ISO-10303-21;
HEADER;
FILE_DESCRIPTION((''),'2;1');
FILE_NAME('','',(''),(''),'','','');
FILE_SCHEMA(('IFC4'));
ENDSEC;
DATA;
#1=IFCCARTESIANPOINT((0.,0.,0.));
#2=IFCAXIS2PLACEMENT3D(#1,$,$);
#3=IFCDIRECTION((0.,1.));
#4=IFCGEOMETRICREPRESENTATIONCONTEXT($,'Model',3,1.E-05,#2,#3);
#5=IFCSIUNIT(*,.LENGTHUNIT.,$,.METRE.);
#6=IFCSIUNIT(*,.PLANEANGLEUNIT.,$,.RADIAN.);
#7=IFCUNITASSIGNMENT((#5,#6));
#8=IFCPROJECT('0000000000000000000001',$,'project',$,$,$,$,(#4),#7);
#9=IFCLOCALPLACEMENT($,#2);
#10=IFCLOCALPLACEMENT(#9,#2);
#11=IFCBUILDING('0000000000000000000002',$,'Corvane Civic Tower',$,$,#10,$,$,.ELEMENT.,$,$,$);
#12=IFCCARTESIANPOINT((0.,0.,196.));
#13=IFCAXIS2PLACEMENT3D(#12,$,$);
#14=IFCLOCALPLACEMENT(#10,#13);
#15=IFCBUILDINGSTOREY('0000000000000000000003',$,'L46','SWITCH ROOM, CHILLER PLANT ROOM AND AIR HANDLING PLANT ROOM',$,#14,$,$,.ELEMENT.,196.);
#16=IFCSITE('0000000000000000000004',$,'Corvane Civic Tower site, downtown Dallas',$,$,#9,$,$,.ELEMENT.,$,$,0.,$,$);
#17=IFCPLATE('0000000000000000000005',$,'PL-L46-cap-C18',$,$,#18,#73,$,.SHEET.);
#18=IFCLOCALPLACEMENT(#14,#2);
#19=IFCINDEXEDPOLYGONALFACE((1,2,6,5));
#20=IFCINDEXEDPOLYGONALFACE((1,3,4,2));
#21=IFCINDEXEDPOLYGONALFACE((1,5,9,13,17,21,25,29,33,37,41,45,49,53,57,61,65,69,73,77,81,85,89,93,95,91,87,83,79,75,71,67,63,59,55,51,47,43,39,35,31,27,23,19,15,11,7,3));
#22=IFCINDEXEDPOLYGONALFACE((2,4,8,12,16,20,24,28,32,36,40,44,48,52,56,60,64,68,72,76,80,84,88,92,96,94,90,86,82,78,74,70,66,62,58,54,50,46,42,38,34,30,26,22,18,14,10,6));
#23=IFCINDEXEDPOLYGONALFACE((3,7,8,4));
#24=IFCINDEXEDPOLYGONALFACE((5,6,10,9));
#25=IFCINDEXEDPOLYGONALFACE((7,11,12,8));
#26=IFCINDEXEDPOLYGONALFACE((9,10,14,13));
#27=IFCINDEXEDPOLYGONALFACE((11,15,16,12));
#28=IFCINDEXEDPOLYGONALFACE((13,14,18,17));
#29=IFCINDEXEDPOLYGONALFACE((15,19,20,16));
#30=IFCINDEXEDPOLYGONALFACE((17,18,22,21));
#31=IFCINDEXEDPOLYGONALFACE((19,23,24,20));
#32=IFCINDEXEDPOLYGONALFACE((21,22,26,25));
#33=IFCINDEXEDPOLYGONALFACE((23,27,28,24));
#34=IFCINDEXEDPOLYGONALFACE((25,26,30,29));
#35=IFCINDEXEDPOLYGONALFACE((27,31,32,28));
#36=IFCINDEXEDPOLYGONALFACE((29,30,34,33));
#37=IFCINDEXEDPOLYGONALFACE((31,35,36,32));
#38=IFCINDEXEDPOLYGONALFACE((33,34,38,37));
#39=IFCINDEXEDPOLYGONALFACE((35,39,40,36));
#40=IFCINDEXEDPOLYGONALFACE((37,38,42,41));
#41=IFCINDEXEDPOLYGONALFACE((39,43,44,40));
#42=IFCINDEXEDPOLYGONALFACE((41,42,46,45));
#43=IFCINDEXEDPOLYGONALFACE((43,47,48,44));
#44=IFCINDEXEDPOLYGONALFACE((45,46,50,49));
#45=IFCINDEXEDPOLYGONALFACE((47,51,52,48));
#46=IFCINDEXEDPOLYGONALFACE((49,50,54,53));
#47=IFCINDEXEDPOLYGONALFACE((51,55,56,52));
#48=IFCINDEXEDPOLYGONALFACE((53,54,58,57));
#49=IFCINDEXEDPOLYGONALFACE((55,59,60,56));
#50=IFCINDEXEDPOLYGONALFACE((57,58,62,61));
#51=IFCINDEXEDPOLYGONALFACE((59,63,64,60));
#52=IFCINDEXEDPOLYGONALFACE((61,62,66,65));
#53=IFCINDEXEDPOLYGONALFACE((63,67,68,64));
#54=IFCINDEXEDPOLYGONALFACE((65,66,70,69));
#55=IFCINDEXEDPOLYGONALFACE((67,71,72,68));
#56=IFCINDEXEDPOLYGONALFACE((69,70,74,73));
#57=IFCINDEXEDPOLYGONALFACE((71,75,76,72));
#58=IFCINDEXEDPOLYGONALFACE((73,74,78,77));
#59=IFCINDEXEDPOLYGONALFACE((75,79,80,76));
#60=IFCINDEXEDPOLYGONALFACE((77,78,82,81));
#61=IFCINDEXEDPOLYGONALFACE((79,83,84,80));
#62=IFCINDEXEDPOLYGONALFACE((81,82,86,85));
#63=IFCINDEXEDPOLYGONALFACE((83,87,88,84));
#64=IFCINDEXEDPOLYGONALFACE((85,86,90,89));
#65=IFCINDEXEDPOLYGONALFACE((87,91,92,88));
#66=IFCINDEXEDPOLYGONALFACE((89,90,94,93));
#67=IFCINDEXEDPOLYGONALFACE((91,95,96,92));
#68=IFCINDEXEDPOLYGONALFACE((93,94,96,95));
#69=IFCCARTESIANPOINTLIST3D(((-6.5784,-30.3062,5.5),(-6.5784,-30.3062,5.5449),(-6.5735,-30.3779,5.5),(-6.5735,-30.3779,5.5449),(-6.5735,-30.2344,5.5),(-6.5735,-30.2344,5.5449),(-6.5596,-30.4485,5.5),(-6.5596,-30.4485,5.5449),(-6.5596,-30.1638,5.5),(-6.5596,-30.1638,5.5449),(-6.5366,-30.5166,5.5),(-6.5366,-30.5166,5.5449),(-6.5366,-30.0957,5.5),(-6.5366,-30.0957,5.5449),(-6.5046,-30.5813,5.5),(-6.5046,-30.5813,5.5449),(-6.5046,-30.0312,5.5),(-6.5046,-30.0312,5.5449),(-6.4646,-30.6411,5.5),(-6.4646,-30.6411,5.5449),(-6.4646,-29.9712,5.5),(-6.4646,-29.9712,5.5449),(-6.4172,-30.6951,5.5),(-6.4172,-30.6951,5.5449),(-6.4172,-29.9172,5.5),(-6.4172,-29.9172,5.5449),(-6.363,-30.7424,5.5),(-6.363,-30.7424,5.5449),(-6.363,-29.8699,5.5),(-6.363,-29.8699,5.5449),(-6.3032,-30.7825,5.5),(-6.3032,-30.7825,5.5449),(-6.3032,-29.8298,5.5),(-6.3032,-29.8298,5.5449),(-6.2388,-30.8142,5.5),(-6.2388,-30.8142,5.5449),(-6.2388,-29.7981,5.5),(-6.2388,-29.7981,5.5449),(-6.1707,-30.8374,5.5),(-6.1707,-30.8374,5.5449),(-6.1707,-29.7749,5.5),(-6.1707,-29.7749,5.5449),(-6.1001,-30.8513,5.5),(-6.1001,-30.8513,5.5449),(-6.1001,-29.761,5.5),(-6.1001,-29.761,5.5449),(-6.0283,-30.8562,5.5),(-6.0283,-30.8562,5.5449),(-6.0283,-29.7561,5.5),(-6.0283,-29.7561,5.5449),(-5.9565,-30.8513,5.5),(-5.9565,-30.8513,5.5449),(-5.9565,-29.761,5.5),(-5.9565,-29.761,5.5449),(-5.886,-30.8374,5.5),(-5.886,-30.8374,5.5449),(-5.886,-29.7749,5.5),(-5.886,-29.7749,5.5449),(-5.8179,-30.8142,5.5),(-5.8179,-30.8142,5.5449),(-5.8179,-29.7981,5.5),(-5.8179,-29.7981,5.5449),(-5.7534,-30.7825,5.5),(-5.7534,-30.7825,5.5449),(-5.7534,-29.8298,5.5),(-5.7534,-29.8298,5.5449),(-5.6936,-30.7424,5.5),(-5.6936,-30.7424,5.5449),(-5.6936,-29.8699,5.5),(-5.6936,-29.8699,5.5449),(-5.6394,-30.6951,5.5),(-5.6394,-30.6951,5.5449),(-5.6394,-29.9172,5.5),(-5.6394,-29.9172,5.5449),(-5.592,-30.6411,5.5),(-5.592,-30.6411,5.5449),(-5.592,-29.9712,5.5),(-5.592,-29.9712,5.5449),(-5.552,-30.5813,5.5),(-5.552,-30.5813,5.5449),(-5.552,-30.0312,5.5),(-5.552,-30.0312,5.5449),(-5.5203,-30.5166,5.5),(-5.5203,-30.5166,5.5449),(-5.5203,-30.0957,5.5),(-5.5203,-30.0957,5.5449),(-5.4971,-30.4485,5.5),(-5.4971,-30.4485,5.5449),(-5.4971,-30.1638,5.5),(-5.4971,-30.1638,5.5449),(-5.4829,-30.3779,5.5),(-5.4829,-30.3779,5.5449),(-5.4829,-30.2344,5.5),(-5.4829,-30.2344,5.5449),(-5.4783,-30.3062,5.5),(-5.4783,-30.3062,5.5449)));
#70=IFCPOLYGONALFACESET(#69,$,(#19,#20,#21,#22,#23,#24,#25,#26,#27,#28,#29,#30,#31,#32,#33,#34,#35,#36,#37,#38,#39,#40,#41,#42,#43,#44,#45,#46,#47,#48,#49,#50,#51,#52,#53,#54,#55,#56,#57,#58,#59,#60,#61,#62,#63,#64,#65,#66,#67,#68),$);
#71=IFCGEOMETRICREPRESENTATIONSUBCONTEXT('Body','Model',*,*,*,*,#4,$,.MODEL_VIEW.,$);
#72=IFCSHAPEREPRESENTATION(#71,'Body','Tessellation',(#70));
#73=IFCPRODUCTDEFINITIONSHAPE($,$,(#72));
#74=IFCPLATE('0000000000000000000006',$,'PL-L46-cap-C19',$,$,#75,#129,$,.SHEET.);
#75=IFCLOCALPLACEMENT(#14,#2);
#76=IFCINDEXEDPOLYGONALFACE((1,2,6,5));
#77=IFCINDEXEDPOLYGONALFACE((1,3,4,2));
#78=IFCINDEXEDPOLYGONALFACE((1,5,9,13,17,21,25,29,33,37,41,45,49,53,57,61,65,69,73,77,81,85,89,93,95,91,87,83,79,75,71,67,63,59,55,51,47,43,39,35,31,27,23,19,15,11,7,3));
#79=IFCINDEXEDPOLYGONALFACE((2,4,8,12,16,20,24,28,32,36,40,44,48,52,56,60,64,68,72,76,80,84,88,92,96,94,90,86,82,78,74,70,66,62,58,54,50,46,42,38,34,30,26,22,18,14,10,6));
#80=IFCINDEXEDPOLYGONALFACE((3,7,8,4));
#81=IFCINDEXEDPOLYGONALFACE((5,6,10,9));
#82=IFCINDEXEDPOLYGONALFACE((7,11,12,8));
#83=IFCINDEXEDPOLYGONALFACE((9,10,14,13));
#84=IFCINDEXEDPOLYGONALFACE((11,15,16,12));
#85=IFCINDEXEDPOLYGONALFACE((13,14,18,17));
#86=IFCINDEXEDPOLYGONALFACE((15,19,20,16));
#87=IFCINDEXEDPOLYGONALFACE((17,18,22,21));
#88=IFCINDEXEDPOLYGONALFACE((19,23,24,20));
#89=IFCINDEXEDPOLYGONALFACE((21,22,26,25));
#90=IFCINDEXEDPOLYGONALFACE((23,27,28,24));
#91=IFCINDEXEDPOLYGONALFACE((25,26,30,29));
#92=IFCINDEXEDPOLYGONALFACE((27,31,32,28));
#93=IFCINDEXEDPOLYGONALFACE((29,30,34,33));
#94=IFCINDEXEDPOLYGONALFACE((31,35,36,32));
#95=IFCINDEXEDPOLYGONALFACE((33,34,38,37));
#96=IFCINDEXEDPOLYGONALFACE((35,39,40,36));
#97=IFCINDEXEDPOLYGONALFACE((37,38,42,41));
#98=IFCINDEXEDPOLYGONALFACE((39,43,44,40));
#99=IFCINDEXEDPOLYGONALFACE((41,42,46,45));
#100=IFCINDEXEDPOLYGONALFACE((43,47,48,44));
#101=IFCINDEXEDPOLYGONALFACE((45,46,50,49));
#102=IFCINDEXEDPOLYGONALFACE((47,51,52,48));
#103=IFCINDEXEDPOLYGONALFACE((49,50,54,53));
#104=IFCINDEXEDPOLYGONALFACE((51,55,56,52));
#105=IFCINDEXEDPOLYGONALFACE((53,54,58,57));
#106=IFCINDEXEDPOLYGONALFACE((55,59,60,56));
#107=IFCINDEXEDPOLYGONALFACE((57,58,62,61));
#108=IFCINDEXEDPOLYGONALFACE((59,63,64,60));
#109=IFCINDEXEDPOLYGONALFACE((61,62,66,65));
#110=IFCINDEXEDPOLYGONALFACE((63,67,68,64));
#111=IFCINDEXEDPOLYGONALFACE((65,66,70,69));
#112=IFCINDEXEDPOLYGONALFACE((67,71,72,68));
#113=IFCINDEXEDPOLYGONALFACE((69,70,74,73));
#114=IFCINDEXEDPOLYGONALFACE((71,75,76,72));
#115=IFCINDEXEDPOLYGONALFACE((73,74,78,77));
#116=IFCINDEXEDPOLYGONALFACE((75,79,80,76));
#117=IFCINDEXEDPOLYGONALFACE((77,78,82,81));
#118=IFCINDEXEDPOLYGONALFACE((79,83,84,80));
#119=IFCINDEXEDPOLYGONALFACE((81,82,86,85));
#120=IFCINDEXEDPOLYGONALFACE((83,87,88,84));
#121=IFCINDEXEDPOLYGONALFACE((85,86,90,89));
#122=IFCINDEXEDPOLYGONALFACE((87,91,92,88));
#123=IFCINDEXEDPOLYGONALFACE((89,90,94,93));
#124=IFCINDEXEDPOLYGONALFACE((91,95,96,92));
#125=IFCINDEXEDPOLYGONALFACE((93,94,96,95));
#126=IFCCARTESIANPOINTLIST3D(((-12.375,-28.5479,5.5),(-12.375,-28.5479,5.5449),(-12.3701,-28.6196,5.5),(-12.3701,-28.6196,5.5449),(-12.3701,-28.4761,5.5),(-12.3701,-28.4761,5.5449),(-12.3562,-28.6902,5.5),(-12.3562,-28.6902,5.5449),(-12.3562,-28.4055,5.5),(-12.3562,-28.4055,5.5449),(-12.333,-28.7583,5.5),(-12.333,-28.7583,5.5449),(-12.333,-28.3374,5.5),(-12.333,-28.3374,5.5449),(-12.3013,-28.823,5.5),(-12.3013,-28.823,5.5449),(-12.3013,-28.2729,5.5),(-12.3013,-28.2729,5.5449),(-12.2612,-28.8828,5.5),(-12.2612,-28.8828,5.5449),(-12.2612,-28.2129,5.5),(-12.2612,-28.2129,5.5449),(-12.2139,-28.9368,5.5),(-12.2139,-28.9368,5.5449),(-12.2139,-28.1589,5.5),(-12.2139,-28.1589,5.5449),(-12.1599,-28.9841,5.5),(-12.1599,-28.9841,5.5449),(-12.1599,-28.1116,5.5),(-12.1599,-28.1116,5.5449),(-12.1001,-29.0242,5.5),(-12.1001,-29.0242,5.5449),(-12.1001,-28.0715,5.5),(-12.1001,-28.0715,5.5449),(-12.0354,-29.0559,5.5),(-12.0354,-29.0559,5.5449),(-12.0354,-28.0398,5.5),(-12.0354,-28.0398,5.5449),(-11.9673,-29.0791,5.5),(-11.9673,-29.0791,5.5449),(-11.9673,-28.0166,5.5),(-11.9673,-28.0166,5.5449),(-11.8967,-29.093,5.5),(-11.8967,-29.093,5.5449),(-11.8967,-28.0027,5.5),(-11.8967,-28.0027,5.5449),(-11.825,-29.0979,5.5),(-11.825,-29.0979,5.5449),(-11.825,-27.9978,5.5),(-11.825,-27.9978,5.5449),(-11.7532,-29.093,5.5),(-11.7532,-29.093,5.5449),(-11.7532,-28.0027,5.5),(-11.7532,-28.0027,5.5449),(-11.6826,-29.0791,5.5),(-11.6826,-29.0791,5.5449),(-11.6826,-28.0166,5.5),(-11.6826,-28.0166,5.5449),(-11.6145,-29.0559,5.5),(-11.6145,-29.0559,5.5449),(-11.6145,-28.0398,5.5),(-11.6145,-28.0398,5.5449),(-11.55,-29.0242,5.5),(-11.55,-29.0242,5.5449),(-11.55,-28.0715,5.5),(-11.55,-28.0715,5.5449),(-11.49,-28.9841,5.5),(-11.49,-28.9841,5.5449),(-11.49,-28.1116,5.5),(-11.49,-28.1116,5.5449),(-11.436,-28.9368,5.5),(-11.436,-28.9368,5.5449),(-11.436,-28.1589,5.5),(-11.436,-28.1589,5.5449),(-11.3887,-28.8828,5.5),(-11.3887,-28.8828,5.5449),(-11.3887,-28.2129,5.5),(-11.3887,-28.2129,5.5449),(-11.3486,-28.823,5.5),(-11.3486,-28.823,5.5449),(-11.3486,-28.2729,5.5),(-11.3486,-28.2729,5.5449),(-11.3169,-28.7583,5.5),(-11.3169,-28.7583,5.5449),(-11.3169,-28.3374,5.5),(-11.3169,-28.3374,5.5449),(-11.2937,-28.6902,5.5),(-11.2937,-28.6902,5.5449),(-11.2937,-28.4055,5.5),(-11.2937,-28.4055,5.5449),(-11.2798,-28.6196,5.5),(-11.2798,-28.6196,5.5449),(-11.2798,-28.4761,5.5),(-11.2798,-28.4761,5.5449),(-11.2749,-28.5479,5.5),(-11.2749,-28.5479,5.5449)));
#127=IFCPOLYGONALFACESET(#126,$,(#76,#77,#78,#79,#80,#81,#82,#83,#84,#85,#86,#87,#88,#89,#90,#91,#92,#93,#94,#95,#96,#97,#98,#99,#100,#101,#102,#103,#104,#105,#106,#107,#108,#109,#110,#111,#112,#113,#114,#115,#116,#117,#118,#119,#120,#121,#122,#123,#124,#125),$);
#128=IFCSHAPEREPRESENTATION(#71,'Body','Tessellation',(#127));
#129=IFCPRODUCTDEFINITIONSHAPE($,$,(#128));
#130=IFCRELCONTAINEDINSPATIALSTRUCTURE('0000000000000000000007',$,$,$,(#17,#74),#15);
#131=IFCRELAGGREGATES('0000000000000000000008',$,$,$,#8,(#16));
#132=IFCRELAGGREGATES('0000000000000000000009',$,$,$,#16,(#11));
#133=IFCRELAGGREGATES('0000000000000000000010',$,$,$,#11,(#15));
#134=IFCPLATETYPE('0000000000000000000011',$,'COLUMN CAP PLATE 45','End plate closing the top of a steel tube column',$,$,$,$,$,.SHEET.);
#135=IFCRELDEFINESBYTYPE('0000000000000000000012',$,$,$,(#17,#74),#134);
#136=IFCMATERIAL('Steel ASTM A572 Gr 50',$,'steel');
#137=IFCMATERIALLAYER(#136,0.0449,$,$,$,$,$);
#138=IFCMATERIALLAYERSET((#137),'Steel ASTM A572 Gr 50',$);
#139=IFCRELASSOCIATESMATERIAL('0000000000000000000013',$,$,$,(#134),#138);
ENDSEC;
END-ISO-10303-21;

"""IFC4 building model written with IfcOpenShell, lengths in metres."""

from ifc_helpers import new_model, si_unit, direction, frame, origin, place, context, subcontext, project, spatial, polyline, outline, extrude, material, layer, layer_set, type_object, element, save


model = new_model("IFC4")

# Units and contexts
model_context = context("Model", 3, precision=1e-05, world=origin(), true_north=direction((0.0, 1.0)))
body_context = subcontext(model_context, "Body", "Model", "MODEL_VIEW")
ifc_project = project(units=[si_unit("LENGTHUNIT", "METRE"), si_unit("PLANEANGLEUNIT", "RADIAN")], contexts=[model_context])

# Site, building, storey
site_placement = place(None, origin())
site = spatial("IfcSite", under=ifc_project, at=site_placement, Name="Corvane Civic Tower site, downtown Dallas", CompositionType="ELEMENT", RefElevation=0.0)
building_placement = place(site_placement, origin())
building = spatial("IfcBuilding", under=site, at=building_placement, Name="Corvane Civic Tower", CompositionType="ELEMENT")
storey_placement = place(building_placement, frame((0.0, 0.0, 196.0)))
storey = spatial("IfcBuildingStorey", under=building, at=storey_placement, Name="L46", Description="SWITCH ROOM, CHILLER PLANT ROOM AND AIR HANDLING PLANT ROOM", CompositionType="ELEMENT", Elevation=196.0)

# Plates
ifc_material_1 = material(Name="Steel ASTM A572 Gr 50", Category="steel")
ifc_layer_1 = layer(ifc_material_1, 0.0449)
ifc_layer_set_1 = layer_set([ifc_layer_1], Name="Steel ASTM A572 Gr 50")
plate_type = type_object("IfcPlateType", Name="COLUMN CAP PLATE 45", Description="End plate closing the top of a steel tube column", PredefinedType="SHEET", material=ifc_layer_set_1)
plate_1_placement = place(storey_placement, frame((0.0, 0.0, 5.5)))
element("IfcPlate", 1, at=plate_1_placement, inside=storey, type_object=plate_type, Name="PL-L46-cap-C18", PredefinedType="SHEET", context=body_context, shape_type="SweptSolid", body=[
    extrude(outline(polyline([(-5.4783, -30.3062), (-5.4829, -30.2344), (-5.4971, -30.1638), (-5.5203, -30.0957), (-5.552, -30.0312), (-5.592, -29.9712), (-5.6394, -29.9172), (-5.6936, -29.8699), (-5.7534, -29.8298), (-5.8179, -29.7981), (-5.886, -29.7749), (-5.9565, -29.761), (-6.0283, -29.7561), (-6.1001, -29.761), (-6.1707, -29.7749), (-6.2388, -29.7981), (-6.3032, -29.8298), (-6.363, -29.8699), (-6.4172, -29.9172), (-6.4646, -29.9712), (-6.5046, -30.0312), (-6.5366, -30.0957), (-6.5596, -30.1638), (-6.5735, -30.2344), (-6.5784, -30.3062), (-6.5735, -30.3779), (-6.5596, -30.4485), (-6.5366, -30.5166), (-6.5046, -30.5813), (-6.4646, -30.6411), (-6.4172, -30.6951), (-6.363, -30.7424), (-6.3032, -30.7825), (-6.2388, -30.8142), (-6.1707, -30.8374), (-6.1001, -30.8513), (-6.0283, -30.8562), (-5.9565, -30.8513), (-5.886, -30.8374), (-5.8179, -30.8142), (-5.7534, -30.7825), (-5.6936, -30.7424), (-5.6394, -30.6951), (-5.592, -30.6411), (-5.552, -30.5813), (-5.5203, -30.5166), (-5.4971, -30.4485), (-5.4829, -30.3779), (-5.4783, -30.3062)])), origin(), (0.0, 0.0, 1.0), 0.0449),
])
plate_2_placement = place(storey_placement, frame((0.0, 0.0, 5.5)))
element("IfcPlate", 2, at=plate_2_placement, inside=storey, type_object=plate_type, Name="PL-L46-cap-C19", PredefinedType="SHEET", context=body_context, shape_type="SweptSolid", body=[
    extrude(outline(polyline([(-11.2749, -28.5479), (-11.2798, -28.4761), (-11.2937, -28.4055), (-11.3169, -28.3374), (-11.3486, -28.2729), (-11.3887, -28.2129), (-11.436, -28.1589), (-11.49, -28.1116), (-11.55, -28.0715), (-11.6145, -28.0398), (-11.6826, -28.0166), (-11.7532, -28.0027), (-11.825, -27.9978), (-11.8967, -28.0027), (-11.9673, -28.0166), (-12.0354, -28.0398), (-12.1001, -28.0715), (-12.1599, -28.1116), (-12.2139, -28.1589), (-12.2612, -28.2129), (-12.3013, -28.2729), (-12.333, -28.3374), (-12.3562, -28.4055), (-12.3701, -28.4761), (-12.375, -28.5479), (-12.3701, -28.6196), (-12.3562, -28.6902), (-12.333, -28.7583), (-12.3013, -28.823), (-12.2612, -28.8828), (-12.2139, -28.9368), (-12.1599, -28.9841), (-12.1001, -29.0242), (-12.0354, -29.0559), (-11.9673, -29.0791), (-11.8967, -29.093), (-11.825, -29.0979), (-11.7532, -29.093), (-11.6826, -29.0791), (-11.6145, -29.0559), (-11.55, -29.0242), (-11.49, -28.9841), (-11.436, -28.9368), (-11.3887, -28.8828), (-11.3486, -28.823), (-11.3169, -28.7583), (-11.2937, -28.6902), (-11.2798, -28.6196), (-11.2749, -28.5479)])), origin(), (0.0, 0.0, 1.0), 0.0449),
])

save(model, "model.ifc")
